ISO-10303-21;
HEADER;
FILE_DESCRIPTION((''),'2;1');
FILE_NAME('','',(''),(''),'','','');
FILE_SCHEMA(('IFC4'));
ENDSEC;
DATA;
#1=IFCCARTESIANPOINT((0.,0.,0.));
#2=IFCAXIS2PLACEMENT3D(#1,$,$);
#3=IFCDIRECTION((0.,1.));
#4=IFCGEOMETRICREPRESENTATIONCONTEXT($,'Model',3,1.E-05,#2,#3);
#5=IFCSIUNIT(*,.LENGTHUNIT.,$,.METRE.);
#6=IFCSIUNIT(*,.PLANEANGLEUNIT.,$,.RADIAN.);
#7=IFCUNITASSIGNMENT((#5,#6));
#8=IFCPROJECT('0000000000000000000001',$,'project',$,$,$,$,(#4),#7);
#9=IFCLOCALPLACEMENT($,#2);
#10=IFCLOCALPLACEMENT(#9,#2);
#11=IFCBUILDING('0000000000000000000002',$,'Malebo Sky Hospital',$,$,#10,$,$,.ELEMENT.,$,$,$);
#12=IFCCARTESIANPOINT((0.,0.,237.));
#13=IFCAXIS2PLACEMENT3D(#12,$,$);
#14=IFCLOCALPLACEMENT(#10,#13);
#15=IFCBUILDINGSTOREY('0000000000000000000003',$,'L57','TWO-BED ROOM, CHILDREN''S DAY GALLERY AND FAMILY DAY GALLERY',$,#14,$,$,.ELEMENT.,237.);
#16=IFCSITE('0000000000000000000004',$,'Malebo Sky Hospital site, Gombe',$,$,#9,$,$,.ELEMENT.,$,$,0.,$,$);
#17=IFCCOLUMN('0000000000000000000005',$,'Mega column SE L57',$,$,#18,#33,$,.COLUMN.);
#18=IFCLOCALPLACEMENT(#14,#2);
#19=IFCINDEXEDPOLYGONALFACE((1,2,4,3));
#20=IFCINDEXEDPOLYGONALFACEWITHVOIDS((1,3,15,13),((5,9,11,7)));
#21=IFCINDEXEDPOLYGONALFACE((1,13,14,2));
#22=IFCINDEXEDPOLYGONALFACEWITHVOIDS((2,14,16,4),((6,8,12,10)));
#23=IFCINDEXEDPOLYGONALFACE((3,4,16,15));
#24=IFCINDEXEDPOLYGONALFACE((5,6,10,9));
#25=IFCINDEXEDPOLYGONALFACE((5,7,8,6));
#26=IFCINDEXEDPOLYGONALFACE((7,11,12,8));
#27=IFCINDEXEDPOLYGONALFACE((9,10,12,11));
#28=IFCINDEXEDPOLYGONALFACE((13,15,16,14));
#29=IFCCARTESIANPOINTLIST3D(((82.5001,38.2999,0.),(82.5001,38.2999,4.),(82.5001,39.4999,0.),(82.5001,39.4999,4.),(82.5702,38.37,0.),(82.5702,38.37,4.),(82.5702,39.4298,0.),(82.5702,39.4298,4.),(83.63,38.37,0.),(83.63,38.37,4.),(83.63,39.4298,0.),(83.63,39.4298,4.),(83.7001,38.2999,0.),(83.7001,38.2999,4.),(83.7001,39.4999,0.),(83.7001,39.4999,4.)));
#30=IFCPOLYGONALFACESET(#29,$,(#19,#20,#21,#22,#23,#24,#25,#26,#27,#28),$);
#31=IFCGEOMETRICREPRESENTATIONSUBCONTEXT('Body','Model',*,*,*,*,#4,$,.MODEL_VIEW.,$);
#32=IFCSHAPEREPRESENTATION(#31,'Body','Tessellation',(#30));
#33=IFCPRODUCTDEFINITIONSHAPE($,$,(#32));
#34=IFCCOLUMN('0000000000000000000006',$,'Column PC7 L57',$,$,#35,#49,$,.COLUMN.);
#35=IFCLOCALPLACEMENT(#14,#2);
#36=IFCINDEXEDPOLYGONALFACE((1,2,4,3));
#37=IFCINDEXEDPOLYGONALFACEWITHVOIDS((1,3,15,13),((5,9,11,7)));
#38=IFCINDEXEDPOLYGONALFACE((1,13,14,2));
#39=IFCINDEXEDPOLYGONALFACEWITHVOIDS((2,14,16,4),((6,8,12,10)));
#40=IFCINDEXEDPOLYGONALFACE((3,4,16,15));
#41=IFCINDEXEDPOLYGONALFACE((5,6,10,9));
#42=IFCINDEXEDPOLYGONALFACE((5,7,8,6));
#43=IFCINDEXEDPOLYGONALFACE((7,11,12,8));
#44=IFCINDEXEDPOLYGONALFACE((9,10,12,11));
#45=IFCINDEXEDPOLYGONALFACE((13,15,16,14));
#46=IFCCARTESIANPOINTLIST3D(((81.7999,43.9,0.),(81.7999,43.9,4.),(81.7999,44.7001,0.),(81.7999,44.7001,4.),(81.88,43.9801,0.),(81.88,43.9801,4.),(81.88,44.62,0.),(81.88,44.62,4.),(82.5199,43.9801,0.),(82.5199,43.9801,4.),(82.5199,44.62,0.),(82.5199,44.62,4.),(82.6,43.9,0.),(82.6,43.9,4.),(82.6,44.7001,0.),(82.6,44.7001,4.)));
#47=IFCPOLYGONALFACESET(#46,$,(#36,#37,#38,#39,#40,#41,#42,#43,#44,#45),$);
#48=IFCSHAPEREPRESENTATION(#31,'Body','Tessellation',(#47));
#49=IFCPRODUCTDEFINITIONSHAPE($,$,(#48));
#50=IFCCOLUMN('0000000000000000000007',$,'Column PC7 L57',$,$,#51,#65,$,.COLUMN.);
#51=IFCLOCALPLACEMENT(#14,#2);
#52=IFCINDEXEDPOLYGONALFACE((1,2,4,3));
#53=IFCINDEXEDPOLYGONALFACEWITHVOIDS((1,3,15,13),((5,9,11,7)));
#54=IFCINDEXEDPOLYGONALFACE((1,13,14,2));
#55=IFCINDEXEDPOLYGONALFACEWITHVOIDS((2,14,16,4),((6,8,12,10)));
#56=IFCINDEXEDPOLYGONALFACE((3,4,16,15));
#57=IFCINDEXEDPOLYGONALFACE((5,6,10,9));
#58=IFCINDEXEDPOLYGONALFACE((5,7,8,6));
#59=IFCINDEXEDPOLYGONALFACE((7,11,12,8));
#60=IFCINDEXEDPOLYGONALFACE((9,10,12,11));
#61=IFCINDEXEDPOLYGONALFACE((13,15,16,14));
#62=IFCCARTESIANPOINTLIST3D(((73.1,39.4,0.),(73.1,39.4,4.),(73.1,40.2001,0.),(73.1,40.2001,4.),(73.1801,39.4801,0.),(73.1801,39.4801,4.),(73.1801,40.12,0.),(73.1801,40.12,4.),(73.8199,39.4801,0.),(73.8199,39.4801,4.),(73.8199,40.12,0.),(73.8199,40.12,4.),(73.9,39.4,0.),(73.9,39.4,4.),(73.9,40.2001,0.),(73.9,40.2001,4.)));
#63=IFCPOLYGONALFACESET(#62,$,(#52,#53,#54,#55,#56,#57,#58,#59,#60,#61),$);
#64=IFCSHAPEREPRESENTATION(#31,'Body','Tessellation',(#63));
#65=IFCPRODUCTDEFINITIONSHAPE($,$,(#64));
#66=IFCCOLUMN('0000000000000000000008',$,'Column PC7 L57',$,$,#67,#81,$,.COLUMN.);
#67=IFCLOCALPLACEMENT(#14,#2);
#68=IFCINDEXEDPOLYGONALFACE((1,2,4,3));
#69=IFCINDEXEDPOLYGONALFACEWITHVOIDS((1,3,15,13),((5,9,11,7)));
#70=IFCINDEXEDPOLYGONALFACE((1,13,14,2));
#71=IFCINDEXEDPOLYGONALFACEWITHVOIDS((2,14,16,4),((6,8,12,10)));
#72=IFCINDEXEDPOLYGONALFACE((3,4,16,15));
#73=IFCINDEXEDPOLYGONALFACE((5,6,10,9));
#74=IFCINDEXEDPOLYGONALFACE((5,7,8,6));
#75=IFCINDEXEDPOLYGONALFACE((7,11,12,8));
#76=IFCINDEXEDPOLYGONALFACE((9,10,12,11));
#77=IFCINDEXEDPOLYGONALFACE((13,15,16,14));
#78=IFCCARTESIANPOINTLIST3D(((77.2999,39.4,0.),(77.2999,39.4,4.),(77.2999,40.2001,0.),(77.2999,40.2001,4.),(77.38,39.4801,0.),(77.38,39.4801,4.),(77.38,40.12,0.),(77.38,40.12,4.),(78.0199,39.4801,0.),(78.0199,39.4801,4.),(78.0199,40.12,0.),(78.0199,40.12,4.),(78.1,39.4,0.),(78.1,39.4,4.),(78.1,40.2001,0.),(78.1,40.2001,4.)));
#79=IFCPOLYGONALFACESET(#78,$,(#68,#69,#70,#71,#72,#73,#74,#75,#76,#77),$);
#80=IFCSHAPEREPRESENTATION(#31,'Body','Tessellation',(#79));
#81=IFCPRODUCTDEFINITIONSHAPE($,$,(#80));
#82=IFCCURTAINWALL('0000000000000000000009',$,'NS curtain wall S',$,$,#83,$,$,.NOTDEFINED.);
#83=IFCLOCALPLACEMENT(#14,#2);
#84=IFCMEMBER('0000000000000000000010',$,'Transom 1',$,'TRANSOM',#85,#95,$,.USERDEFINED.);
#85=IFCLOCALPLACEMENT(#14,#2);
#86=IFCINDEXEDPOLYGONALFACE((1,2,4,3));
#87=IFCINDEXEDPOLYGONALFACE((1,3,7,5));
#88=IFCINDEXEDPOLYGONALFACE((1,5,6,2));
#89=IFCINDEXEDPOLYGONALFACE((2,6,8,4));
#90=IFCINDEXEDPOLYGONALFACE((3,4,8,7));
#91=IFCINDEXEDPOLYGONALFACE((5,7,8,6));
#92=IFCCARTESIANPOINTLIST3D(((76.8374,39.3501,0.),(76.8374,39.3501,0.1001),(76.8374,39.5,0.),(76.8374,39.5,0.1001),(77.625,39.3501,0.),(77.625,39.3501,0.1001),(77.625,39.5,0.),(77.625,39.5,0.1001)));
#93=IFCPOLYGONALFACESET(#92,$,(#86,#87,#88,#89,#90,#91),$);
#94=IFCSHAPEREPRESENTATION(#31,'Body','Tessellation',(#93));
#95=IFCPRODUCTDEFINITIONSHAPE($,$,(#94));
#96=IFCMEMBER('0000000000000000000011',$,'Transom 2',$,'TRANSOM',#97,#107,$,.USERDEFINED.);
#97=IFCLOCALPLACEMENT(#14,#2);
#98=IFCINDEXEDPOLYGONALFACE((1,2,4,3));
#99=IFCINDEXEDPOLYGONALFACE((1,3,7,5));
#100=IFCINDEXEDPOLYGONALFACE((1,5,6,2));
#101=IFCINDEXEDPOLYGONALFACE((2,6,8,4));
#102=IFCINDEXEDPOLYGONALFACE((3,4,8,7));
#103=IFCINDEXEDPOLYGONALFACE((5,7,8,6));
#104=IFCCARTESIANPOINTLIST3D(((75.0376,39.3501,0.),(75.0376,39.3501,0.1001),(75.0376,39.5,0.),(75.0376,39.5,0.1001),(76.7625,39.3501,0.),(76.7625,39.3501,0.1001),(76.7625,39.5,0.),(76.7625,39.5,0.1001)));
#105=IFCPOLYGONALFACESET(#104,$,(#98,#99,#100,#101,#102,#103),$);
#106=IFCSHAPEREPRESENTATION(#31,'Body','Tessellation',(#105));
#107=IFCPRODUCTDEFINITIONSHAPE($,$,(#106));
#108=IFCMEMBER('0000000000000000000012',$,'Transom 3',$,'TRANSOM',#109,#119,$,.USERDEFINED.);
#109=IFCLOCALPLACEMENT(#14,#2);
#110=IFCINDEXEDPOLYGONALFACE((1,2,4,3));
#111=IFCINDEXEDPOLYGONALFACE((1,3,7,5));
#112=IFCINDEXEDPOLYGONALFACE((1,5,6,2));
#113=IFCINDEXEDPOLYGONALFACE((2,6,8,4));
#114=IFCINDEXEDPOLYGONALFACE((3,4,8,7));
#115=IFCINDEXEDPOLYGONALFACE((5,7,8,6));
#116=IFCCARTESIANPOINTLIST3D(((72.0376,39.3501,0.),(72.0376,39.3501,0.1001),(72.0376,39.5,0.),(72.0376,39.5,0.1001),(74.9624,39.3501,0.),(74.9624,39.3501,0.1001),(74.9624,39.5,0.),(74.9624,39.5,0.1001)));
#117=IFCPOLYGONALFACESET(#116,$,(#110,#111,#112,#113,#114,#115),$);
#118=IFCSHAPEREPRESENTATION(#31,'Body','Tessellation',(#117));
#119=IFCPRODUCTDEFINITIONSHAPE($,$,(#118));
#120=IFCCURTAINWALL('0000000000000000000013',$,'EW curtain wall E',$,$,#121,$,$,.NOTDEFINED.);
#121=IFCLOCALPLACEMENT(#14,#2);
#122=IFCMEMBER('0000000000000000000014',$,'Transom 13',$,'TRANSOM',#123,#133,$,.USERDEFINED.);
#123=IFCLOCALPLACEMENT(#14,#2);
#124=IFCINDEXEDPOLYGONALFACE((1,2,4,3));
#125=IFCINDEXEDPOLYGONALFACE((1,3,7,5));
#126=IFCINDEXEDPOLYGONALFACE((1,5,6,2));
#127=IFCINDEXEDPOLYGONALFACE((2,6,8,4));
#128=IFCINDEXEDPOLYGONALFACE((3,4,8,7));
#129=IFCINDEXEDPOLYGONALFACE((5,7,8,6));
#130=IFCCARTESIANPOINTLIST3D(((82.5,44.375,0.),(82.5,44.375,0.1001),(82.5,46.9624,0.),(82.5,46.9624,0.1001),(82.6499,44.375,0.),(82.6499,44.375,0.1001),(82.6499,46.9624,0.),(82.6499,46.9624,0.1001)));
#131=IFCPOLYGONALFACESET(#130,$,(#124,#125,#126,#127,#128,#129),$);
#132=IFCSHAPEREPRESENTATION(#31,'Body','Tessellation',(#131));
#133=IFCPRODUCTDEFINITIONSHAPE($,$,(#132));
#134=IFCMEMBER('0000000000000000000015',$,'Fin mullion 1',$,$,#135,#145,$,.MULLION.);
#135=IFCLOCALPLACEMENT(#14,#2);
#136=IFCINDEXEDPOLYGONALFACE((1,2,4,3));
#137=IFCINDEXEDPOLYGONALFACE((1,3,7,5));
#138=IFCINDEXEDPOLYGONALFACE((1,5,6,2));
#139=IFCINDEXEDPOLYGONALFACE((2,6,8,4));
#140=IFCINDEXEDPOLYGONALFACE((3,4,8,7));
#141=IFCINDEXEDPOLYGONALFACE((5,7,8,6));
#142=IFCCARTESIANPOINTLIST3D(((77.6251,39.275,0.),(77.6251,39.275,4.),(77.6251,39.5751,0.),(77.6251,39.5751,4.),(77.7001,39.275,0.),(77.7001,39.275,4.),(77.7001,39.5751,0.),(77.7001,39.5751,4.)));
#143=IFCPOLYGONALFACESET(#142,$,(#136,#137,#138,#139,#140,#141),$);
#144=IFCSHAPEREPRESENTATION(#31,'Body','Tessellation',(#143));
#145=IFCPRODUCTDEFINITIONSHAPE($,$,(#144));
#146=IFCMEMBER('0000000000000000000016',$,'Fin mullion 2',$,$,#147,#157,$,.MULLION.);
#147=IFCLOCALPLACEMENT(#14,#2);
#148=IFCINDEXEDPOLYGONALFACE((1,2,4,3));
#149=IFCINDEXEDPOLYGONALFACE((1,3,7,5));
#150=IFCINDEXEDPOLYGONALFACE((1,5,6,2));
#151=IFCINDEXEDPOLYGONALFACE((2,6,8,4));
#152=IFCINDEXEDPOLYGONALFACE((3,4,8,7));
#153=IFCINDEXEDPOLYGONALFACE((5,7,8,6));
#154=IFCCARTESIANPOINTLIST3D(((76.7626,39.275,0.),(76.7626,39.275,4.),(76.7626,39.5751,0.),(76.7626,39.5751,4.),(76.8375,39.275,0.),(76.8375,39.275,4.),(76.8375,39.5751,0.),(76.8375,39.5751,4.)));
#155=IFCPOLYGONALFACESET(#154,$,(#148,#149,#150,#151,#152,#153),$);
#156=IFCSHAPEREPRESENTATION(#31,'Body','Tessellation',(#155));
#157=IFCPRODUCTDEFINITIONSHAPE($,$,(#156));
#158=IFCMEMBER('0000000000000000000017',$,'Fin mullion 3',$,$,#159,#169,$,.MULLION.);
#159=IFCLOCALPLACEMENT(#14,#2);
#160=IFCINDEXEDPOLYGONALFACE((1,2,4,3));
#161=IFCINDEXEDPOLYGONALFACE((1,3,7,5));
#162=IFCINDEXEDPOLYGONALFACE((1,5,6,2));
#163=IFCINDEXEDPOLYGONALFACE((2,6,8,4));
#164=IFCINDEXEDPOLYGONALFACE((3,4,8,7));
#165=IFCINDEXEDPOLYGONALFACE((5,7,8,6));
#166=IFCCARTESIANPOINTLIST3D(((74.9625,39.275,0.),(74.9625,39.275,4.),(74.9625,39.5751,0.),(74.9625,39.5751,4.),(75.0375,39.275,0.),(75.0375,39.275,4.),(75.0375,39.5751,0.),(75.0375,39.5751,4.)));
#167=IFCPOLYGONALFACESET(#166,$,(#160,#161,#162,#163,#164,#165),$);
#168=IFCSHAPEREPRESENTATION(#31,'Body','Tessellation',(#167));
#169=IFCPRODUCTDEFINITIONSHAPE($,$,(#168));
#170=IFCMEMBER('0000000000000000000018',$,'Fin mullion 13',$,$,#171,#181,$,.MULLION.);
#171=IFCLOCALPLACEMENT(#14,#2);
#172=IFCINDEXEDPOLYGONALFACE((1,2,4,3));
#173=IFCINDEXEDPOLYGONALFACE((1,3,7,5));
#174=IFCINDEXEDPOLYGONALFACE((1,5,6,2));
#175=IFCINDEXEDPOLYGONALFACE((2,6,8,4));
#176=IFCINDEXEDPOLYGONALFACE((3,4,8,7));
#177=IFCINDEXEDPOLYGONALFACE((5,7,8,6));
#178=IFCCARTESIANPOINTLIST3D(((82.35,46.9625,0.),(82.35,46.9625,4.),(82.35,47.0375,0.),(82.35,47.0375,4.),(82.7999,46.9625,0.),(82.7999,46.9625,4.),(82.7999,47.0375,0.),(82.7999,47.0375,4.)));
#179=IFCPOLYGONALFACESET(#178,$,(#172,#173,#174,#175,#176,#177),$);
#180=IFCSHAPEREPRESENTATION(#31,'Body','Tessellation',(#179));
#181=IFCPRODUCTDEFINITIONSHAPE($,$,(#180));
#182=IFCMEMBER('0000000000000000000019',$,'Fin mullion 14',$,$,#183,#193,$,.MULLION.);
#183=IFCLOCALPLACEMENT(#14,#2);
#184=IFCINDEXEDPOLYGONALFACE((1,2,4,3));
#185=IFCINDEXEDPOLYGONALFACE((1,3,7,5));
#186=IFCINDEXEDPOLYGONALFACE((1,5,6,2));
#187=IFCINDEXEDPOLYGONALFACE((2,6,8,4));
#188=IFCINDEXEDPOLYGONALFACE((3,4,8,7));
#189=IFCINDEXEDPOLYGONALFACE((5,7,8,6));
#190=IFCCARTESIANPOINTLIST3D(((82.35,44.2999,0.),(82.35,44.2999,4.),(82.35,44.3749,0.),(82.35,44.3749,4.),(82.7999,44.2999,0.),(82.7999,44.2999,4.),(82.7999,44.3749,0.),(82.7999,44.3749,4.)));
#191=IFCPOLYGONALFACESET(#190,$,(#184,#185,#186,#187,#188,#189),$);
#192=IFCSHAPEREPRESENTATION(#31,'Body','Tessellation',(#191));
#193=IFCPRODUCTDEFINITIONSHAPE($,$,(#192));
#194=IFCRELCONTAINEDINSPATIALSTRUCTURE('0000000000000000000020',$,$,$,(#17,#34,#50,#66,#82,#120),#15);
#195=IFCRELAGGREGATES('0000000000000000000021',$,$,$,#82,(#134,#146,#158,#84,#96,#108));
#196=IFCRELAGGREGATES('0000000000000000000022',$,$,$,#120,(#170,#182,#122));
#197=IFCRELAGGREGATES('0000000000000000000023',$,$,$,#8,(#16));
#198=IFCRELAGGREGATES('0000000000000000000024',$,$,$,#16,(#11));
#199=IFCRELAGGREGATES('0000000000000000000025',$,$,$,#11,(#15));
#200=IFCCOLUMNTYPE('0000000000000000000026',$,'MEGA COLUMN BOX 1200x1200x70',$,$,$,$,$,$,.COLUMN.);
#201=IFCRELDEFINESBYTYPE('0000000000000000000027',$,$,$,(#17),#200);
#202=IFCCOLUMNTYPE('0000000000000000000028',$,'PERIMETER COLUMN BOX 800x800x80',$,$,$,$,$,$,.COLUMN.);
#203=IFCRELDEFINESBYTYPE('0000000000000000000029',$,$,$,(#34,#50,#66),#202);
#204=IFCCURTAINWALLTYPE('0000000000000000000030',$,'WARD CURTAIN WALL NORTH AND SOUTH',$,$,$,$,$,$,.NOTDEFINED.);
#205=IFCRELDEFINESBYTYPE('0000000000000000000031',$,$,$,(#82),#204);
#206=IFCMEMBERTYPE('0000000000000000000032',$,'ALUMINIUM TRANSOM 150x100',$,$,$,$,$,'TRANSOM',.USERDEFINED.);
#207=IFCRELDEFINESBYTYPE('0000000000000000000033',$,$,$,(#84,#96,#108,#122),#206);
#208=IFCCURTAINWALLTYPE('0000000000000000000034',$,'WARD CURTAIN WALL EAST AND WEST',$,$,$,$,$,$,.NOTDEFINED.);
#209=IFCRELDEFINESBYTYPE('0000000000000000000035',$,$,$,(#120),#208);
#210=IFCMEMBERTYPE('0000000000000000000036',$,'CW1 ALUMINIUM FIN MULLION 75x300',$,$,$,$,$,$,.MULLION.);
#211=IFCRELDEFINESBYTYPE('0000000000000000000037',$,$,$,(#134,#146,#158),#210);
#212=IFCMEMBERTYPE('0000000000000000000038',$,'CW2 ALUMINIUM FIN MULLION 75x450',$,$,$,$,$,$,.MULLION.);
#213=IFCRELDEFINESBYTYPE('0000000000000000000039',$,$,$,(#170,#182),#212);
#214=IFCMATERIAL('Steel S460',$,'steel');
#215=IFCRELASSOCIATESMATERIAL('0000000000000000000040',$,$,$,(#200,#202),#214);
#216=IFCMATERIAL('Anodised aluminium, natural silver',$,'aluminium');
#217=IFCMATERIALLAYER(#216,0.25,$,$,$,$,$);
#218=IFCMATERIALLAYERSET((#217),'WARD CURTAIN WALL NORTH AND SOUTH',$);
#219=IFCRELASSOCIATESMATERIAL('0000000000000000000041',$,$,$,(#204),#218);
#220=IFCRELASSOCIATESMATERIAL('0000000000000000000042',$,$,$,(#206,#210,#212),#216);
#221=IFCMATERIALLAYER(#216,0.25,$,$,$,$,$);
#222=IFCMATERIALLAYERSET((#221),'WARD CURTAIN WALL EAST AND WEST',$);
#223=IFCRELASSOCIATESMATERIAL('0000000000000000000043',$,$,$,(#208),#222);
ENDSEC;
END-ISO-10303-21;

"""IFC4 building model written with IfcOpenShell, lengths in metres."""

from ifc_helpers import new_model, si_unit, direction, frame, origin, origin_2d, place, context, subcontext, project, spatial, rectangle, hollow_rectangle, extrude, material, layer, layer_set, material_profile, profile_set, type_object, element, aggregate, save


model = new_model("IFC4")

# Units and contexts
model_context = context("Model", 3, precision=1e-05, world=origin(), true_north=direction((0.0, 1.0)))
body_context = subcontext(model_context, "Body", "Model", "MODEL_VIEW")
ifc_project = project(units=[si_unit("LENGTHUNIT", "METRE"), si_unit("PLANEANGLEUNIT", "RADIAN")], contexts=[model_context])

# Site, building, storey
site_placement = place(None, origin())
site = spatial("IfcSite", under=ifc_project, at=site_placement, Name="Malebo Sky Hospital site, Gombe", CompositionType="ELEMENT", RefElevation=0.0)
building_placement = place(site_placement, origin())
building = spatial("IfcBuilding", under=site, at=building_placement, Name="Malebo Sky Hospital", CompositionType="ELEMENT")
storey_placement = place(building_placement, frame((0.0, 0.0, 237.0)))
storey = spatial("IfcBuildingStorey", under=building, at=storey_placement, Name="L57", Description="TWO-BED ROOM, CHILDREN'S DAY GALLERY AND FAMILY DAY GALLERY", CompositionType="ELEMENT", Elevation=237.0)

# Columns
ifc_material_1 = material(Name="Steel S460", Category="steel")
ifc_material_profile_1 = material_profile(ifc_material_1, hollow_rectangle(XDim=1.2, YDim=1.2, WallThickness=0.0701, at=origin_2d()), Name="BOX 1200x1200x70")
ifc_profile_set_1 = profile_set([ifc_material_profile_1], Name="Steel S460")
column_type_1 = type_object("IfcColumnType", Name="MEGA COLUMN BOX 1200x1200x70", PredefinedType="COLUMN", material=ifc_profile_set_1)
column_placement = place(storey_placement, frame((83.1001, 38.8999, 0.0), z_axis=(0.0, 0.0, 1.0), x_axis=(1.0, 0.0, 0.0)))
element("IfcColumn", 1, at=column_placement, inside=storey, type_object=column_type_1, Name="Mega column SE L57", PredefinedType="COLUMN", context=body_context, shape_type="SweptSolid", body=[
    extrude(hollow_rectangle(XDim=1.2, YDim=1.2, WallThickness=0.0701, at=origin_2d()), origin(), (0.0, 0.0, 1.0), 4.0),
])
ifc_material_profile_2 = material_profile(ifc_material_1, hollow_rectangle(XDim=0.8, YDim=0.8, WallThickness=0.0801, at=origin_2d()), Name="BOX 800x800x80")
ifc_profile_set_2 = profile_set([ifc_material_profile_2], Name="Steel S460")
column_type_2 = type_object("IfcColumnType", Name="PERIMETER COLUMN BOX 800x800x80", PredefinedType="COLUMN", material=ifc_profile_set_2)
for number, where, z_axis, x_axis, name in (
    (2, (82.2, 44.3, 0.0), (0.0, 0.0, 1.0), (1.0, 0.0, 0.0), "Column PC7 L57"),
    (3, (73.5, 39.8, 0.0), (0.0, 0.0, 1.0), (1.0, 0.0, 0.0), "Column PC7 L57"),
    (4, (77.7, 39.8, 0.0), (0.0, 0.0, 1.0), (1.0, 0.0, 0.0), "Column PC7 L57"),
):
    element("IfcColumn", number, at=place(storey_placement, frame(where, z_axis=z_axis, x_axis=x_axis)), inside=storey, type_object=column_type_2, Name=name, PredefinedType="COLUMN", context=body_context, shape_type="SweptSolid", body=[
        extrude(hollow_rectangle(XDim=0.8, YDim=0.8, WallThickness=0.0801, at=origin_2d()), origin(), (0.0, 0.0, 1.0), 4.0),
    ])

# Curtain wall, members
ifc_material_2 = material(Name="Anodised aluminium, natural silver", Category="aluminium")
ifc_layer_1 = layer(ifc_material_2, 0.25)
ifc_layer_set_1 = layer_set([ifc_layer_1], Name="WARD CURTAIN WALL NORTH AND SOUTH")
curtain_wall_type_1 = type_object("IfcCurtainWallType", Name="WARD CURTAIN WALL NORTH AND SOUTH", PredefinedType="NOTDEFINED", material=ifc_layer_set_1)
curtain_wall_1_placement = place(storey_placement, origin())
curtain_wall_1 = element("IfcCurtainWall", 5, at=curtain_wall_1_placement, inside=storey, type_object=curtain_wall_type_1, Name="NS curtain wall S", PredefinedType="NOTDEFINED")
ifc_material_profile_3 = material_profile(ifc_material_2, rectangle(XDim=0.1499, YDim=0.1001, at=origin_2d()), Name="ALUMINIUM TRANSOM 150x100")
ifc_profile_set_3 = profile_set([ifc_material_profile_3], Name="Anodised aluminium, natural silver")
member_type_1 = type_object("IfcMemberType", Name="ALUMINIUM TRANSOM 150x100", ElementType="TRANSOM", PredefinedType="USERDEFINED", material=ifc_profile_set_3)
member_1_placement = place(storey_placement, frame((77.625, 39.425, 0.05), z_axis=(-1.0, 0.0, 0.0), x_axis=(0.0, -1.0, 0.0)))
member_1 = element("IfcMember", 6, at=member_1_placement, type_object=member_type_1, Name="Transom 1", ObjectType="TRANSOM", PredefinedType="USERDEFINED", context=body_context, shape_type="SweptSolid", body=[
    extrude(rectangle(XDim=0.1499, YDim=0.1001, at=origin_2d()), origin(), (0.0, 0.0, 1.0), 0.7876),
])
member_2_placement = place(storey_placement, frame((76.7625, 39.425, 0.05), z_axis=(-1.0, 0.0, 0.0), x_axis=(0.0, -1.0, 0.0)))
member_2 = element("IfcMember", 7, at=member_2_placement, type_object=member_type_1, Name="Transom 2", ObjectType="TRANSOM", PredefinedType="USERDEFINED", context=body_context, shape_type="SweptSolid", body=[
    extrude(rectangle(XDim=0.1499, YDim=0.1001, at=origin_2d()), origin(), (0.0, 0.0, 1.0), 1.7249),
])
member_3_placement = place(storey_placement, frame((74.9624, 39.425, 0.05), z_axis=(-1.0, 0.0, 0.0), x_axis=(0.0, -1.0, 0.0)))
member_3 = element("IfcMember", 8, at=member_3_placement, type_object=member_type_1, Name="Transom 3", ObjectType="TRANSOM", PredefinedType="USERDEFINED", context=body_context, shape_type="SweptSolid", body=[
    extrude(rectangle(XDim=0.1499, YDim=0.1001, at=origin_2d()), origin(), (0.0, 0.0, 1.0), 2.9248),
])

# Curtain wall, member
ifc_layer_2 = layer(ifc_material_2, 0.25)
ifc_layer_set_2 = layer_set([ifc_layer_2], Name="WARD CURTAIN WALL EAST AND WEST")
curtain_wall_type_2 = type_object("IfcCurtainWallType", Name="WARD CURTAIN WALL EAST AND WEST", PredefinedType="NOTDEFINED", material=ifc_layer_set_2)
curtain_wall_2_placement = place(storey_placement, origin())
curtain_wall_2 = element("IfcCurtainWall", 9, at=curtain_wall_2_placement, inside=storey, type_object=curtain_wall_type_2, Name="EW curtain wall E", PredefinedType="NOTDEFINED")
member_4_placement = place(storey_placement, frame((82.575, 46.9624, 0.05), z_axis=(0.0, -1.0, 0.0), x_axis=(1.0, 0.0, 0.0)))
member_4 = element("IfcMember", 10, at=member_4_placement, type_object=member_type_1, Name="Transom 13", ObjectType="TRANSOM", PredefinedType="USERDEFINED", context=body_context, shape_type="SweptSolid", body=[
    extrude(rectangle(XDim=0.1499, YDim=0.1001, at=origin_2d()), origin(), (0.0, 0.0, 1.0), 2.5874),
])

# Members
ifc_material_profile_4 = material_profile(ifc_material_2, rectangle(XDim=0.075, YDim=0.3, at=origin_2d()), Name="CW1 ALUMINIUM FIN MULLION 75x300")
ifc_profile_set_4 = profile_set([ifc_material_profile_4], Name="Anodised aluminium, natural silver")
member_type_2 = type_object("IfcMemberType", Name="CW1 ALUMINIUM FIN MULLION 75x300", PredefinedType="MULLION", material=ifc_profile_set_4)
member_5_placement = place(storey_placement, frame((77.6626, 39.425, 0.0), z_axis=(0.0, 0.0, 1.0), x_axis=(-1.0, 0.0, 0.0)))
member_5 = element("IfcMember", 11, at=member_5_placement, type_object=member_type_2, Name="Fin mullion 1", PredefinedType="MULLION", context=body_context, shape_type="SweptSolid", body=[
    extrude(rectangle(XDim=0.075, YDim=0.3, at=origin_2d()), origin(), (0.0, 0.0, 1.0), 4.0),
])
member_6_placement = place(storey_placement, frame((76.8, 39.425, 0.0), z_axis=(0.0, 0.0, 1.0), x_axis=(-1.0, 0.0, 0.0)))
member_6 = element("IfcMember", 12, at=member_6_placement, type_object=member_type_2, Name="Fin mullion 2", PredefinedType="MULLION", context=body_context, shape_type="SweptSolid", body=[
    extrude(rectangle(XDim=0.075, YDim=0.3, at=origin_2d()), origin(), (0.0, 0.0, 1.0), 4.0),
])
member_7_placement = place(storey_placement, frame((75.0, 39.425, 0.0), z_axis=(0.0, 0.0, 1.0), x_axis=(-1.0, 0.0, 0.0)))
member_7 = element("IfcMember", 13, at=member_7_placement, type_object=member_type_2, Name="Fin mullion 3", PredefinedType="MULLION", context=body_context, shape_type="SweptSolid", body=[
    extrude(rectangle(XDim=0.075, YDim=0.3, at=origin_2d()), origin(), (0.0, 0.0, 1.0), 4.0),
])
ifc_material_profile_5 = material_profile(ifc_material_2, rectangle(XDim=0.075, YDim=0.45, at=origin_2d()), Name="CW2 ALUMINIUM FIN MULLION 75x450")
ifc_profile_set_5 = profile_set([ifc_material_profile_5], Name="Anodised aluminium, natural silver")
member_type_3 = type_object("IfcMemberType", Name="CW2 ALUMINIUM FIN MULLION 75x450", PredefinedType="MULLION", material=ifc_profile_set_5)
member_8_placement = place(storey_placement, frame((82.575, 47.0, 0.0), z_axis=(0.0, 0.0, 1.0), x_axis=(0.0, -1.0, 0.0)))
member_8 = element("IfcMember", 14, at=member_8_placement, type_object=member_type_3, Name="Fin mullion 13", PredefinedType="MULLION", context=body_context, shape_type="SweptSolid", body=[
    extrude(rectangle(XDim=0.075, YDim=0.45, at=origin_2d()), origin(), (0.0, 0.0, 1.0), 4.0),
])
member_9_placement = place(storey_placement, frame((82.575, 44.3374, 0.0), z_axis=(0.0, 0.0, 1.0), x_axis=(0.0, -1.0, 0.0)))
member_9 = element("IfcMember", 15, at=member_9_placement, type_object=member_type_3, Name="Fin mullion 14", PredefinedType="MULLION", context=body_context, shape_type="SweptSolid", body=[
    extrude(rectangle(XDim=0.075, YDim=0.45, at=origin_2d()), origin(), (0.0, 0.0, 1.0), 4.0),
])

aggregate(curtain_wall_1, [member_5, member_6, member_7, member_1, member_2, member_3])
aggregate(curtain_wall_2, [member_8, member_9, member_4])

save(model, "model.ifc")
